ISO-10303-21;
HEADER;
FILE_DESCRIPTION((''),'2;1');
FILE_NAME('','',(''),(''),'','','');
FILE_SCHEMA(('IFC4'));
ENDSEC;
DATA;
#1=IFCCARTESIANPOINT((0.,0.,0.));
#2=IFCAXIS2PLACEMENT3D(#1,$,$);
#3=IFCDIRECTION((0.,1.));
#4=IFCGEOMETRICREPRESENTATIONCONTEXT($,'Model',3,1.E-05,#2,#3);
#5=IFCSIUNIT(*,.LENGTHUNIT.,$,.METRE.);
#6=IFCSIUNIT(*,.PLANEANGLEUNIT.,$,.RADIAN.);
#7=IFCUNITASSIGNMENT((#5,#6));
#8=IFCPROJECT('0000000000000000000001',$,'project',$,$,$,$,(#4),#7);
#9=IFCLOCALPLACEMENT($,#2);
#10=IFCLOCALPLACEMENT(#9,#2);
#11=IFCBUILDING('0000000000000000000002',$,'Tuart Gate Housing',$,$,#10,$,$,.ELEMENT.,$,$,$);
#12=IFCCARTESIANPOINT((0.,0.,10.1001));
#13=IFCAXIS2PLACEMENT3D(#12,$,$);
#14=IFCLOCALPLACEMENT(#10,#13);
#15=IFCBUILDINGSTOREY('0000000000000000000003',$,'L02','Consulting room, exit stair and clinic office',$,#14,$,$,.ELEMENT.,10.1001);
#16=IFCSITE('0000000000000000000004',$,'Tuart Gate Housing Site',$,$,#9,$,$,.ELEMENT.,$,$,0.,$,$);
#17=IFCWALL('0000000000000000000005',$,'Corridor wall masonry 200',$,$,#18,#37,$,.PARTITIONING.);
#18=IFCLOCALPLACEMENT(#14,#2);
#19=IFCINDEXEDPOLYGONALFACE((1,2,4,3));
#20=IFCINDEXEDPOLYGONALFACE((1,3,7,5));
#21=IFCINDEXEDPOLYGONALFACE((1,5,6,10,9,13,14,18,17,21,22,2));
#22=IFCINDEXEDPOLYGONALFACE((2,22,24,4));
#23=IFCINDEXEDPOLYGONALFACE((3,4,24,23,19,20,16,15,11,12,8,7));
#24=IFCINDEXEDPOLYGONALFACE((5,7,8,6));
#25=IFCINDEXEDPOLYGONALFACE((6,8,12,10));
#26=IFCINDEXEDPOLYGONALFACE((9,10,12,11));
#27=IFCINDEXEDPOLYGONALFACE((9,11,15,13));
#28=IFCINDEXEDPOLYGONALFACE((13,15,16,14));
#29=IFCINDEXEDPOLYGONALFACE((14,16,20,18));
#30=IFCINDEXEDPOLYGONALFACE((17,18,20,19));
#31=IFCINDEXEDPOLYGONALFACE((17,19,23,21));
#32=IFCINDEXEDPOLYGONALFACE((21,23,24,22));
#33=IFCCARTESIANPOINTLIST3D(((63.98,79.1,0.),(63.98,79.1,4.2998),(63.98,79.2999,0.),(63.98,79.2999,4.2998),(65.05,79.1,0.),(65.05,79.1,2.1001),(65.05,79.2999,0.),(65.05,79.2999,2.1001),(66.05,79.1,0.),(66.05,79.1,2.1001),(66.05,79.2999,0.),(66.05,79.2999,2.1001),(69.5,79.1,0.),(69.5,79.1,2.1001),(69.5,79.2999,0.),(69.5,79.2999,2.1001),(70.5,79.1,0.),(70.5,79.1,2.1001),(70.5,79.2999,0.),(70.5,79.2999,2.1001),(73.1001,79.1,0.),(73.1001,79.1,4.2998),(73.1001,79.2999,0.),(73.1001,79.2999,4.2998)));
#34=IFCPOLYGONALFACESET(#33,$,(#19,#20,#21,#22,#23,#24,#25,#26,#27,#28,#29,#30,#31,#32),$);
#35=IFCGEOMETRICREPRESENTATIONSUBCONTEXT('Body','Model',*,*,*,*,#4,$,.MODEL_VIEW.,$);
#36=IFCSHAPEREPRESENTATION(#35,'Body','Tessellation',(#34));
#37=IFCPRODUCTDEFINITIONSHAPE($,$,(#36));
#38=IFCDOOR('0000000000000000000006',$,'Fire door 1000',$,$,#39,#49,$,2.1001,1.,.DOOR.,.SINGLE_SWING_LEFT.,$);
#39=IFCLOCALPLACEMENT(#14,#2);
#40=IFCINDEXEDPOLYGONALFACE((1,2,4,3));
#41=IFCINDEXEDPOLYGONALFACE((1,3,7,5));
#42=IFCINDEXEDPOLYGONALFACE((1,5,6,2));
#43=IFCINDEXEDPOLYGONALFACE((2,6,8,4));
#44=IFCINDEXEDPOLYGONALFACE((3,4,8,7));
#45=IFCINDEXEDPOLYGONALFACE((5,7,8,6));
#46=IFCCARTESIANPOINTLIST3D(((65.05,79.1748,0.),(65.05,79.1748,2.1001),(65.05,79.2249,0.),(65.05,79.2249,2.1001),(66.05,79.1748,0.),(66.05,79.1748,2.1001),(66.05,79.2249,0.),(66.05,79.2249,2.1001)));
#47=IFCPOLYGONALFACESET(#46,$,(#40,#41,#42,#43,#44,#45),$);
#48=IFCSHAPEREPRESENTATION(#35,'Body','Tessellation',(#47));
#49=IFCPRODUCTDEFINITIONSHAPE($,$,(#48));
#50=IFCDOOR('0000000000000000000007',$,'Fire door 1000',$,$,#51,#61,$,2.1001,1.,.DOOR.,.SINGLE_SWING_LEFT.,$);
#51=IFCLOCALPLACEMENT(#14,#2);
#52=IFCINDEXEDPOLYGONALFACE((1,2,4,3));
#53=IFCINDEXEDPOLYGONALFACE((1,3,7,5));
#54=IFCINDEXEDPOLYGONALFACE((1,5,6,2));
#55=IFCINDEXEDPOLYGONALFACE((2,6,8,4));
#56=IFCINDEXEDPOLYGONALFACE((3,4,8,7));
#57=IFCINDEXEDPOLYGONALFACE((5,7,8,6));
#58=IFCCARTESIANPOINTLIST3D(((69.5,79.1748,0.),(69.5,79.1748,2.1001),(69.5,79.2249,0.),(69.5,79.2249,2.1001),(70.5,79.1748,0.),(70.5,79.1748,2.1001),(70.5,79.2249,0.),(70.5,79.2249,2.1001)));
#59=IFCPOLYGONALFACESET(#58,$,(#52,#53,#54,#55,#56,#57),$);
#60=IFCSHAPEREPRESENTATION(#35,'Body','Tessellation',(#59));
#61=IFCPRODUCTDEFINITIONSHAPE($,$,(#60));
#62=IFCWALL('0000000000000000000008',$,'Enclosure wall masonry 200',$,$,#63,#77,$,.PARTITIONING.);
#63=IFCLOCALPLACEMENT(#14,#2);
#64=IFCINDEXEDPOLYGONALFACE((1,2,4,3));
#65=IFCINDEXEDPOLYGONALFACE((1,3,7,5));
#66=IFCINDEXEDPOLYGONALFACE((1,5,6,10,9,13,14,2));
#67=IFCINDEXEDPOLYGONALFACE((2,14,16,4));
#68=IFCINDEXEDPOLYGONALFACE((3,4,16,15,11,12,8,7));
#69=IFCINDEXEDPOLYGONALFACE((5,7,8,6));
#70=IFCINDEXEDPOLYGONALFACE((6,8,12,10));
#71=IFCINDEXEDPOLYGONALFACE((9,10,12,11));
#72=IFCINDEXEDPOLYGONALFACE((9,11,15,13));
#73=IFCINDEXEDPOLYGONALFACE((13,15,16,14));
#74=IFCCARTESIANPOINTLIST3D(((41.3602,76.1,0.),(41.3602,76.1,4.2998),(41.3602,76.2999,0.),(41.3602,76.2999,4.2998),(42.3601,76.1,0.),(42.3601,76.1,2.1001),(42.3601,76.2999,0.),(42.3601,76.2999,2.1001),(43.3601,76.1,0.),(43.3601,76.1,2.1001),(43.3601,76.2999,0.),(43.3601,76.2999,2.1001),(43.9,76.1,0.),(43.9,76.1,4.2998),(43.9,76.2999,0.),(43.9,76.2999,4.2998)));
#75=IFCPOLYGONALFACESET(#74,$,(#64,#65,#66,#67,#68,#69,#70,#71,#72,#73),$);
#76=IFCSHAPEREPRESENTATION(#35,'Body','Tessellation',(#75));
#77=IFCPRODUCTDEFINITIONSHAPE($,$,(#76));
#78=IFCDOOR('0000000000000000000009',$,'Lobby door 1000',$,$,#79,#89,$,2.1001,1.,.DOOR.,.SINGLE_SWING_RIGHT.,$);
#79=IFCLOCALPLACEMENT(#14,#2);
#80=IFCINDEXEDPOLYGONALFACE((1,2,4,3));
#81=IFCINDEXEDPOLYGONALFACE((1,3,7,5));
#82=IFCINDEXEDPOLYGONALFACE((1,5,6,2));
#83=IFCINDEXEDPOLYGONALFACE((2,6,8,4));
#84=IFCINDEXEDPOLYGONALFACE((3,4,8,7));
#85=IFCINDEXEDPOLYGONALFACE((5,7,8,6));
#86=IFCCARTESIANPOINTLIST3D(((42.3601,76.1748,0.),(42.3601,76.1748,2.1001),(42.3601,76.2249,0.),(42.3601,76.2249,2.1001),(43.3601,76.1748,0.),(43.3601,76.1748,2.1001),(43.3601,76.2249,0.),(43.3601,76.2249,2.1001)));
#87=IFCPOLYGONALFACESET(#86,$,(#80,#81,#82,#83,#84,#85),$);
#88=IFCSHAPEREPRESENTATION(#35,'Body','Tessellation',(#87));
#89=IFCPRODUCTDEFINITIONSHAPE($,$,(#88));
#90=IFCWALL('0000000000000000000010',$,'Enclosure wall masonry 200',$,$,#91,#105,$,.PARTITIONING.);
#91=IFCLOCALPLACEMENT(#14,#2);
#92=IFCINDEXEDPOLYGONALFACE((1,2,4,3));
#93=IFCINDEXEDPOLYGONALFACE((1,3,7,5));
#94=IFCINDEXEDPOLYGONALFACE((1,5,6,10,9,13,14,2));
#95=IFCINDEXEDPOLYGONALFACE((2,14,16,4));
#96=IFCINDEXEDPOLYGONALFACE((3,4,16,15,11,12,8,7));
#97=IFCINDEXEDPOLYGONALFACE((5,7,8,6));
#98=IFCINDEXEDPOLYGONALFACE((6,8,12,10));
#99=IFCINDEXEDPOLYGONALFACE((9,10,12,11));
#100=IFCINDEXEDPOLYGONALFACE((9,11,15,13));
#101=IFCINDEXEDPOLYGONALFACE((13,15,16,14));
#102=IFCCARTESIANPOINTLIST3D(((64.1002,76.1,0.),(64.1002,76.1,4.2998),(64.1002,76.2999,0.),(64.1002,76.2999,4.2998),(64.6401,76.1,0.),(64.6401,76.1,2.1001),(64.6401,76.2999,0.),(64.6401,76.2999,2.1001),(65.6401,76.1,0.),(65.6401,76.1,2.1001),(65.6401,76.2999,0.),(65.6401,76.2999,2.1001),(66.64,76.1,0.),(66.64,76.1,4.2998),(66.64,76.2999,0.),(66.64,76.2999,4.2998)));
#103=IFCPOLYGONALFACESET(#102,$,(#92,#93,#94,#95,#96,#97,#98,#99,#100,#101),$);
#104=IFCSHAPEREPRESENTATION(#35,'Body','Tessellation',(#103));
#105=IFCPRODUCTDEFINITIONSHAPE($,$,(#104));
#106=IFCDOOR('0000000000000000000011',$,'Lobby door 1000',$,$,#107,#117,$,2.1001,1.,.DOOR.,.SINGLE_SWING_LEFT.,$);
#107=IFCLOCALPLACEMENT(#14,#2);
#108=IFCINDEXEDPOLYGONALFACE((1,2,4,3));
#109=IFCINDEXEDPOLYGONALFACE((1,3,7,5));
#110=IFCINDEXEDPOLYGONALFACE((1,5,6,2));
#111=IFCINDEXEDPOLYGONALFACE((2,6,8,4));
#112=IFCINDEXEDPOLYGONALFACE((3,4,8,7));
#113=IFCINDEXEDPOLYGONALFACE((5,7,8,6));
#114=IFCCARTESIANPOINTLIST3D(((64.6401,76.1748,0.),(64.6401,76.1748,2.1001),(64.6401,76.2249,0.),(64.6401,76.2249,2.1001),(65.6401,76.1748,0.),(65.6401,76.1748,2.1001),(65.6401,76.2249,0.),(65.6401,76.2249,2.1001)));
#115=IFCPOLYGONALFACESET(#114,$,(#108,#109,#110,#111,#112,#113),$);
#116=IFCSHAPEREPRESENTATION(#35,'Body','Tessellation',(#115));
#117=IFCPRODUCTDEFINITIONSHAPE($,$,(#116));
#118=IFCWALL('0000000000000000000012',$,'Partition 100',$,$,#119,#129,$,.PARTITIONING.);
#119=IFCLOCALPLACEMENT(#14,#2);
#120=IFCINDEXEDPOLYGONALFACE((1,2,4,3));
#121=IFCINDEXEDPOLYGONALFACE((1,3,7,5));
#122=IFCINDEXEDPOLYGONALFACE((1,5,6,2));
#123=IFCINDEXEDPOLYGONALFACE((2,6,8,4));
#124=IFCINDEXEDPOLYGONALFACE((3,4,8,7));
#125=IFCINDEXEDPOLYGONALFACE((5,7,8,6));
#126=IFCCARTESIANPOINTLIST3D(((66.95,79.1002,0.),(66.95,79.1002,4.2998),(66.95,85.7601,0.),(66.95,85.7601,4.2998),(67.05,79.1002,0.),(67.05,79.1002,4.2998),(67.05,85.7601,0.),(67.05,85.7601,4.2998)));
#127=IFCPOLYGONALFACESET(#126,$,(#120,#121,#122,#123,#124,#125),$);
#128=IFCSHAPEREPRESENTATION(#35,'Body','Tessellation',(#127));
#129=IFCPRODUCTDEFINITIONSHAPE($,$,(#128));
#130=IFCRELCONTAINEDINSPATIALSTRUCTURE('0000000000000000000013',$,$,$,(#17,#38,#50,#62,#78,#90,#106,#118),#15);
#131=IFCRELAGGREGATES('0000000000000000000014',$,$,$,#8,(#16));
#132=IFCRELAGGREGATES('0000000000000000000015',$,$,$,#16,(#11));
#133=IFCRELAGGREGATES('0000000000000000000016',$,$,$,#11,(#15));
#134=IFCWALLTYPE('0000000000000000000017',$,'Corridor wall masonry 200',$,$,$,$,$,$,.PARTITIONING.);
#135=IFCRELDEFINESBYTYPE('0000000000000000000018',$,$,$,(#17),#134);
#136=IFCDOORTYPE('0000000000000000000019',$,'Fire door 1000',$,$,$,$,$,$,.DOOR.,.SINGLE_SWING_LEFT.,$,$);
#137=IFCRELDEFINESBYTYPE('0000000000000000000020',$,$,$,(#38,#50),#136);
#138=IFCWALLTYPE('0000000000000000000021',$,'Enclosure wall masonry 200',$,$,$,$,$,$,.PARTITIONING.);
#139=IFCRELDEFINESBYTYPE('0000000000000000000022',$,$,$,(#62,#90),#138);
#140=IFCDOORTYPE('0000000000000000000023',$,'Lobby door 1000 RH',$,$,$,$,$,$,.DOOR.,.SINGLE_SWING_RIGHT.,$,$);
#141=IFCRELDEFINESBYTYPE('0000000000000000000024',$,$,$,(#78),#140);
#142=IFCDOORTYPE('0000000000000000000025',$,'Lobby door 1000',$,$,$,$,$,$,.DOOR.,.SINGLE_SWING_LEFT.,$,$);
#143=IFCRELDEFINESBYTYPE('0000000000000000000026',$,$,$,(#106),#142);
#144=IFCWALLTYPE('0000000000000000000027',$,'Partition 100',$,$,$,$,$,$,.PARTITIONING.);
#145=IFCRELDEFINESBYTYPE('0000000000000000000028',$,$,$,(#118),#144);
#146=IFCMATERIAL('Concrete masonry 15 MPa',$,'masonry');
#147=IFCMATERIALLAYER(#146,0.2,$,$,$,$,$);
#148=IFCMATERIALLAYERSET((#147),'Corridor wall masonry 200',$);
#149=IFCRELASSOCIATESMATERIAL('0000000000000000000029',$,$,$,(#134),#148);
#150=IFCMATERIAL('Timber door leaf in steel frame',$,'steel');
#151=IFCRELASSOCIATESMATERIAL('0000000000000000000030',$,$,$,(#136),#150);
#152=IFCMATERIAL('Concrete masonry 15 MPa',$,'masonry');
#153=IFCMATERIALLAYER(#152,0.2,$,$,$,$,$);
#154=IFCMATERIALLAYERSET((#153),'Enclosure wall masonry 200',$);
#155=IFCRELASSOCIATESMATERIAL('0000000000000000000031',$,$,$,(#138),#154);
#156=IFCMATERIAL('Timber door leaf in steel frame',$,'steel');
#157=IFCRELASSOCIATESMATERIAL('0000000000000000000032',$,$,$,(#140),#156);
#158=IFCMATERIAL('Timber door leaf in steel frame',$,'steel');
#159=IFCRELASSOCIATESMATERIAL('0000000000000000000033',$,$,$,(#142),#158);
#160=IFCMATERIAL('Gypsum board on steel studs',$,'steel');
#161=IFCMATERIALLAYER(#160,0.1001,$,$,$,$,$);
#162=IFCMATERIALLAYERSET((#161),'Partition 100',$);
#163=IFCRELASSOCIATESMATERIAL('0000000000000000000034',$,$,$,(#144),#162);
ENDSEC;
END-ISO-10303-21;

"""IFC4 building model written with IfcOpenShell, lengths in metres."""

from ifc_helpers import new_model, si_unit, direction, frame, frame_2d, origin, place, context, subcontext, project, spatial, rectangle, extrude, material, layer, layer_set, type_object, element, fill, save


model = new_model("IFC4")

# Units and contexts
model_context = context("Model", 3, precision=1e-05, world=origin(), true_north=direction((0.0, 1.0)))
body_context = subcontext(model_context, "Body", "Model", "MODEL_VIEW")
ifc_project = project(units=[si_unit("LENGTHUNIT", "METRE"), si_unit("PLANEANGLEUNIT", "RADIAN")], contexts=[model_context])

# Site, building, storey
site_placement = place(None, origin())
site = spatial("IfcSite", under=ifc_project, at=site_placement, Name="Tuart Gate Housing Site", CompositionType="ELEMENT", RefElevation=0.0)
building_placement = place(site_placement, origin())
building = spatial("IfcBuilding", under=site, at=building_placement, Name="Tuart Gate Housing", CompositionType="ELEMENT")
storey_placement = place(building_placement, frame((0.0, 0.0, 10.1001)))
storey = spatial("IfcBuildingStorey", under=building, at=storey_placement, Name="L02", Description="Consulting room, exit stair and clinic office", CompositionType="ELEMENT", Elevation=10.1001)

# Wall, openings, doors
ifc_material_1 = material(Name="Concrete masonry 15 MPa", Category="masonry")
ifc_layer_1 = layer(ifc_material_1, 0.2)
ifc_layer_set_1 = layer_set([ifc_layer_1], Name="Corridor wall masonry 200")
wall_type_1 = type_object("IfcWallType", Name="Corridor wall masonry 200", PredefinedType="PARTITIONING", material=ifc_layer_set_1)
wall_1_placement = place(storey_placement, frame((63.98, 79.2, 0.0), z_axis=(0.0, 0.0, 1.0), x_axis=(1.0, 0.0, 0.0)))
wall_1 = element("IfcWall", 1, at=wall_1_placement, inside=storey, type_object=wall_type_1, Name="Corridor wall masonry 200", PredefinedType="PARTITIONING", context=body_context, shape_type="SweptSolid", body=[
    extrude(rectangle(XDim=9.1201, YDim=0.2, at=frame_2d((4.5601, 0.0))), origin(), (0.0, 0.0, 1.0), 4.2998),
])
opening_1_placement = place(wall_1_placement, frame((1.0701, 0.0, 0.0)))
opening_1 = element("IfcOpeningElement", 2, at=opening_1_placement, cuts=wall_1, PredefinedType="OPENING", context=body_context, shape_type="SweptSolid", body=[
    extrude(rectangle(XDim=1.0, YDim=2.1001, at=frame_2d((0.5, 1.05))), frame((0.0, 0.1099, 0.0), z_axis=(0.0, -1.0, 0.0), x_axis=(1.0, 0.0, 0.0)), (0.0, 0.0, 1.0), 0.22),
])
opening_2_placement = place(wall_1_placement, frame((5.52, 0.0, 0.0)))
opening_2 = element("IfcOpeningElement", 3, at=opening_2_placement, cuts=wall_1, PredefinedType="OPENING", context=body_context, shape_type="SweptSolid", body=[
    extrude(rectangle(XDim=1.0, YDim=2.1001, at=frame_2d((0.5, 1.05))), frame((0.0, 0.1099, 0.0), z_axis=(0.0, -1.0, 0.0), x_axis=(1.0, 0.0, 0.0)), (0.0, 0.0, 1.0), 0.22),
])
ifc_material_2 = material(Name="Timber door leaf in steel frame", Category="steel")
door_type_1 = type_object("IfcDoorType", Name="Fire door 1000", OperationType="SINGLE_SWING_LEFT", PredefinedType="DOOR", material=ifc_material_2)
door_1_placement = place(opening_1_placement, origin())
door_1 = element("IfcDoor", 4, at=door_1_placement, inside=storey, type_object=door_type_1, Name="Fire door 1000", OperationType="SINGLE_SWING_LEFT", OverallHeight=2.1001, OverallWidth=1.0, PredefinedType="DOOR", context=body_context, shape_type="SweptSolid", body=[
    extrude(rectangle(XDim=1.0, YDim=2.1001, at=frame_2d((0.5, 1.05))), frame((0.0, 0.0249, 0.0), z_axis=(0.0, -1.0, 0.0), x_axis=(1.0, 0.0, 0.0)), (0.0, 0.0, 1.0), 0.05),
])
fill(opening_1, door_1)
door_2_placement = place(opening_2_placement, origin())
door_2 = element("IfcDoor", 5, at=door_2_placement, inside=storey, type_object=door_type_1, Name="Fire door 1000", OperationType="SINGLE_SWING_LEFT", OverallHeight=2.1001, OverallWidth=1.0, PredefinedType="DOOR", context=body_context, shape_type="SweptSolid", body=[
    extrude(rectangle(XDim=1.0, YDim=2.1001, at=frame_2d((0.5, 1.05))), frame((0.0, 0.0249, 0.0), z_axis=(0.0, -1.0, 0.0), x_axis=(1.0, 0.0, 0.0)), (0.0, 0.0, 1.0), 0.05),
])
fill(opening_2, door_2)

# Walls, openings, doors
ifc_material_3 = material(Name="Concrete masonry 15 MPa", Category="masonry")
ifc_layer_2 = layer(ifc_material_3, 0.2)
ifc_layer_set_2 = layer_set([ifc_layer_2], Name="Enclosure wall masonry 200")
wall_type_2 = type_object("IfcWallType", Name="Enclosure wall masonry 200", PredefinedType="PARTITIONING", material=ifc_layer_set_2)
wall_2_placement = place(storey_placement, frame((41.3601, 76.2, 0.0), z_axis=(0.0, 0.0, 1.0), x_axis=(1.0, 0.0, 0.0)))
wall_2 = element("IfcWall", 6, at=wall_2_placement, inside=storey, type_object=wall_type_2, Name="Enclosure wall masonry 200", PredefinedType="PARTITIONING", context=body_context, shape_type="SweptSolid", body=[
    extrude(rectangle(XDim=2.5398, YDim=0.2, at=frame_2d((1.27, 0.0))), origin(), (0.0, 0.0, 1.0), 4.2998),
])
opening_3_placement = place(wall_2_placement, frame((1.0, 0.0, 0.0)))
opening_3 = element("IfcOpeningElement", 7, at=opening_3_placement, cuts=wall_2, PredefinedType="OPENING", context=body_context, shape_type="SweptSolid", body=[
    extrude(rectangle(XDim=1.0, YDim=2.1001, at=frame_2d((0.5, 1.05))), frame((0.0, 0.1099, 0.0), z_axis=(0.0, -1.0, 0.0), x_axis=(1.0, 0.0, 0.0)), (0.0, 0.0, 1.0), 0.22),
])
ifc_material_4 = material(Name="Timber door leaf in steel frame", Category="steel")
door_type_2 = type_object("IfcDoorType", Name="Lobby door 1000 RH", OperationType="SINGLE_SWING_RIGHT", PredefinedType="DOOR", material=ifc_material_4)
door_3_placement = place(opening_3_placement, origin())
door_3 = element("IfcDoor", 8, at=door_3_placement, inside=storey, type_object=door_type_2, Name="Lobby door 1000", OperationType="SINGLE_SWING_RIGHT", OverallHeight=2.1001, OverallWidth=1.0, PredefinedType="DOOR", context=body_context, shape_type="SweptSolid", body=[
    extrude(rectangle(XDim=1.0, YDim=2.1001, at=frame_2d((0.5, 1.05))), frame((0.0, 0.0249, 0.0), z_axis=(0.0, -1.0, 0.0), x_axis=(1.0, 0.0, 0.0)), (0.0, 0.0, 1.0), 0.05),
])
fill(opening_3, door_3)
wall_3_placement = place(storey_placement, frame((64.1001, 76.2, 0.0), z_axis=(0.0, 0.0, 1.0), x_axis=(1.0, 0.0, 0.0)))
wall_3 = element("IfcWall", 9, at=wall_3_placement, inside=storey, type_object=wall_type_2, Name="Enclosure wall masonry 200", PredefinedType="PARTITIONING", context=body_context, shape_type="SweptSolid", body=[
    extrude(rectangle(XDim=2.5398, YDim=0.2, at=frame_2d((1.27, 0.0))), origin(), (0.0, 0.0, 1.0), 4.2998),
])
opening_4_placement = place(wall_3_placement, frame((0.54, 0.0, 0.0)))
opening_4 = element("IfcOpeningElement", 10, at=opening_4_placement, cuts=wall_3, PredefinedType="OPENING", context=body_context, shape_type="SweptSolid", body=[
    extrude(rectangle(XDim=1.0, YDim=2.1001, at=frame_2d((0.5, 1.05))), frame((0.0, 0.1099, 0.0), z_axis=(0.0, -1.0, 0.0), x_axis=(1.0, 0.0, 0.0)), (0.0, 0.0, 1.0), 0.22),
])
ifc_material_5 = material(Name="Timber door leaf in steel frame", Category="steel")
door_type_3 = type_object("IfcDoorType", Name="Lobby door 1000", OperationType="SINGLE_SWING_LEFT", PredefinedType="DOOR", material=ifc_material_5)
door_4_placement = place(opening_4_placement, origin())
door_4 = element("IfcDoor", 11, at=door_4_placement, inside=storey, type_object=door_type_3, Name="Lobby door 1000", OperationType="SINGLE_SWING_LEFT", OverallHeight=2.1001, OverallWidth=1.0, PredefinedType="DOOR", context=body_context, shape_type="SweptSolid", body=[
    extrude(rectangle(XDim=1.0, YDim=2.1001, at=frame_2d((0.5, 1.05))), frame((0.0, 0.0249, 0.0), z_axis=(0.0, -1.0, 0.0), x_axis=(1.0, 0.0, 0.0)), (0.0, 0.0, 1.0), 0.05),
])
fill(opening_4, door_4)

# Wall
ifc_material_6 = material(Name="Gypsum board on steel studs", Category="steel")
ifc_layer_3 = layer(ifc_material_6, 0.1001)
ifc_layer_set_3 = layer_set([ifc_layer_3], Name="Partition 100")
wall_type_3 = type_object("IfcWallType", Name="Partition 100", PredefinedType="PARTITIONING", material=ifc_layer_set_3)
wall_4_placement = place(storey_placement, frame((67.0, 79.1001, 0.0), z_axis=(0.0, 0.0, 1.0), x_axis=(0.0, 1.0, 0.0)))
element("IfcWall", 12, at=wall_4_placement, inside=storey, type_object=wall_type_3, Name="Partition 100", PredefinedType="PARTITIONING", context=body_context, shape_type="SweptSolid", body=[
    extrude(rectangle(XDim=6.6599, YDim=0.1001, at=frame_2d((3.3301, 0.0))), origin(), (0.0, 0.0, 1.0), 4.2998),
])

save(model, "model.ifc")
